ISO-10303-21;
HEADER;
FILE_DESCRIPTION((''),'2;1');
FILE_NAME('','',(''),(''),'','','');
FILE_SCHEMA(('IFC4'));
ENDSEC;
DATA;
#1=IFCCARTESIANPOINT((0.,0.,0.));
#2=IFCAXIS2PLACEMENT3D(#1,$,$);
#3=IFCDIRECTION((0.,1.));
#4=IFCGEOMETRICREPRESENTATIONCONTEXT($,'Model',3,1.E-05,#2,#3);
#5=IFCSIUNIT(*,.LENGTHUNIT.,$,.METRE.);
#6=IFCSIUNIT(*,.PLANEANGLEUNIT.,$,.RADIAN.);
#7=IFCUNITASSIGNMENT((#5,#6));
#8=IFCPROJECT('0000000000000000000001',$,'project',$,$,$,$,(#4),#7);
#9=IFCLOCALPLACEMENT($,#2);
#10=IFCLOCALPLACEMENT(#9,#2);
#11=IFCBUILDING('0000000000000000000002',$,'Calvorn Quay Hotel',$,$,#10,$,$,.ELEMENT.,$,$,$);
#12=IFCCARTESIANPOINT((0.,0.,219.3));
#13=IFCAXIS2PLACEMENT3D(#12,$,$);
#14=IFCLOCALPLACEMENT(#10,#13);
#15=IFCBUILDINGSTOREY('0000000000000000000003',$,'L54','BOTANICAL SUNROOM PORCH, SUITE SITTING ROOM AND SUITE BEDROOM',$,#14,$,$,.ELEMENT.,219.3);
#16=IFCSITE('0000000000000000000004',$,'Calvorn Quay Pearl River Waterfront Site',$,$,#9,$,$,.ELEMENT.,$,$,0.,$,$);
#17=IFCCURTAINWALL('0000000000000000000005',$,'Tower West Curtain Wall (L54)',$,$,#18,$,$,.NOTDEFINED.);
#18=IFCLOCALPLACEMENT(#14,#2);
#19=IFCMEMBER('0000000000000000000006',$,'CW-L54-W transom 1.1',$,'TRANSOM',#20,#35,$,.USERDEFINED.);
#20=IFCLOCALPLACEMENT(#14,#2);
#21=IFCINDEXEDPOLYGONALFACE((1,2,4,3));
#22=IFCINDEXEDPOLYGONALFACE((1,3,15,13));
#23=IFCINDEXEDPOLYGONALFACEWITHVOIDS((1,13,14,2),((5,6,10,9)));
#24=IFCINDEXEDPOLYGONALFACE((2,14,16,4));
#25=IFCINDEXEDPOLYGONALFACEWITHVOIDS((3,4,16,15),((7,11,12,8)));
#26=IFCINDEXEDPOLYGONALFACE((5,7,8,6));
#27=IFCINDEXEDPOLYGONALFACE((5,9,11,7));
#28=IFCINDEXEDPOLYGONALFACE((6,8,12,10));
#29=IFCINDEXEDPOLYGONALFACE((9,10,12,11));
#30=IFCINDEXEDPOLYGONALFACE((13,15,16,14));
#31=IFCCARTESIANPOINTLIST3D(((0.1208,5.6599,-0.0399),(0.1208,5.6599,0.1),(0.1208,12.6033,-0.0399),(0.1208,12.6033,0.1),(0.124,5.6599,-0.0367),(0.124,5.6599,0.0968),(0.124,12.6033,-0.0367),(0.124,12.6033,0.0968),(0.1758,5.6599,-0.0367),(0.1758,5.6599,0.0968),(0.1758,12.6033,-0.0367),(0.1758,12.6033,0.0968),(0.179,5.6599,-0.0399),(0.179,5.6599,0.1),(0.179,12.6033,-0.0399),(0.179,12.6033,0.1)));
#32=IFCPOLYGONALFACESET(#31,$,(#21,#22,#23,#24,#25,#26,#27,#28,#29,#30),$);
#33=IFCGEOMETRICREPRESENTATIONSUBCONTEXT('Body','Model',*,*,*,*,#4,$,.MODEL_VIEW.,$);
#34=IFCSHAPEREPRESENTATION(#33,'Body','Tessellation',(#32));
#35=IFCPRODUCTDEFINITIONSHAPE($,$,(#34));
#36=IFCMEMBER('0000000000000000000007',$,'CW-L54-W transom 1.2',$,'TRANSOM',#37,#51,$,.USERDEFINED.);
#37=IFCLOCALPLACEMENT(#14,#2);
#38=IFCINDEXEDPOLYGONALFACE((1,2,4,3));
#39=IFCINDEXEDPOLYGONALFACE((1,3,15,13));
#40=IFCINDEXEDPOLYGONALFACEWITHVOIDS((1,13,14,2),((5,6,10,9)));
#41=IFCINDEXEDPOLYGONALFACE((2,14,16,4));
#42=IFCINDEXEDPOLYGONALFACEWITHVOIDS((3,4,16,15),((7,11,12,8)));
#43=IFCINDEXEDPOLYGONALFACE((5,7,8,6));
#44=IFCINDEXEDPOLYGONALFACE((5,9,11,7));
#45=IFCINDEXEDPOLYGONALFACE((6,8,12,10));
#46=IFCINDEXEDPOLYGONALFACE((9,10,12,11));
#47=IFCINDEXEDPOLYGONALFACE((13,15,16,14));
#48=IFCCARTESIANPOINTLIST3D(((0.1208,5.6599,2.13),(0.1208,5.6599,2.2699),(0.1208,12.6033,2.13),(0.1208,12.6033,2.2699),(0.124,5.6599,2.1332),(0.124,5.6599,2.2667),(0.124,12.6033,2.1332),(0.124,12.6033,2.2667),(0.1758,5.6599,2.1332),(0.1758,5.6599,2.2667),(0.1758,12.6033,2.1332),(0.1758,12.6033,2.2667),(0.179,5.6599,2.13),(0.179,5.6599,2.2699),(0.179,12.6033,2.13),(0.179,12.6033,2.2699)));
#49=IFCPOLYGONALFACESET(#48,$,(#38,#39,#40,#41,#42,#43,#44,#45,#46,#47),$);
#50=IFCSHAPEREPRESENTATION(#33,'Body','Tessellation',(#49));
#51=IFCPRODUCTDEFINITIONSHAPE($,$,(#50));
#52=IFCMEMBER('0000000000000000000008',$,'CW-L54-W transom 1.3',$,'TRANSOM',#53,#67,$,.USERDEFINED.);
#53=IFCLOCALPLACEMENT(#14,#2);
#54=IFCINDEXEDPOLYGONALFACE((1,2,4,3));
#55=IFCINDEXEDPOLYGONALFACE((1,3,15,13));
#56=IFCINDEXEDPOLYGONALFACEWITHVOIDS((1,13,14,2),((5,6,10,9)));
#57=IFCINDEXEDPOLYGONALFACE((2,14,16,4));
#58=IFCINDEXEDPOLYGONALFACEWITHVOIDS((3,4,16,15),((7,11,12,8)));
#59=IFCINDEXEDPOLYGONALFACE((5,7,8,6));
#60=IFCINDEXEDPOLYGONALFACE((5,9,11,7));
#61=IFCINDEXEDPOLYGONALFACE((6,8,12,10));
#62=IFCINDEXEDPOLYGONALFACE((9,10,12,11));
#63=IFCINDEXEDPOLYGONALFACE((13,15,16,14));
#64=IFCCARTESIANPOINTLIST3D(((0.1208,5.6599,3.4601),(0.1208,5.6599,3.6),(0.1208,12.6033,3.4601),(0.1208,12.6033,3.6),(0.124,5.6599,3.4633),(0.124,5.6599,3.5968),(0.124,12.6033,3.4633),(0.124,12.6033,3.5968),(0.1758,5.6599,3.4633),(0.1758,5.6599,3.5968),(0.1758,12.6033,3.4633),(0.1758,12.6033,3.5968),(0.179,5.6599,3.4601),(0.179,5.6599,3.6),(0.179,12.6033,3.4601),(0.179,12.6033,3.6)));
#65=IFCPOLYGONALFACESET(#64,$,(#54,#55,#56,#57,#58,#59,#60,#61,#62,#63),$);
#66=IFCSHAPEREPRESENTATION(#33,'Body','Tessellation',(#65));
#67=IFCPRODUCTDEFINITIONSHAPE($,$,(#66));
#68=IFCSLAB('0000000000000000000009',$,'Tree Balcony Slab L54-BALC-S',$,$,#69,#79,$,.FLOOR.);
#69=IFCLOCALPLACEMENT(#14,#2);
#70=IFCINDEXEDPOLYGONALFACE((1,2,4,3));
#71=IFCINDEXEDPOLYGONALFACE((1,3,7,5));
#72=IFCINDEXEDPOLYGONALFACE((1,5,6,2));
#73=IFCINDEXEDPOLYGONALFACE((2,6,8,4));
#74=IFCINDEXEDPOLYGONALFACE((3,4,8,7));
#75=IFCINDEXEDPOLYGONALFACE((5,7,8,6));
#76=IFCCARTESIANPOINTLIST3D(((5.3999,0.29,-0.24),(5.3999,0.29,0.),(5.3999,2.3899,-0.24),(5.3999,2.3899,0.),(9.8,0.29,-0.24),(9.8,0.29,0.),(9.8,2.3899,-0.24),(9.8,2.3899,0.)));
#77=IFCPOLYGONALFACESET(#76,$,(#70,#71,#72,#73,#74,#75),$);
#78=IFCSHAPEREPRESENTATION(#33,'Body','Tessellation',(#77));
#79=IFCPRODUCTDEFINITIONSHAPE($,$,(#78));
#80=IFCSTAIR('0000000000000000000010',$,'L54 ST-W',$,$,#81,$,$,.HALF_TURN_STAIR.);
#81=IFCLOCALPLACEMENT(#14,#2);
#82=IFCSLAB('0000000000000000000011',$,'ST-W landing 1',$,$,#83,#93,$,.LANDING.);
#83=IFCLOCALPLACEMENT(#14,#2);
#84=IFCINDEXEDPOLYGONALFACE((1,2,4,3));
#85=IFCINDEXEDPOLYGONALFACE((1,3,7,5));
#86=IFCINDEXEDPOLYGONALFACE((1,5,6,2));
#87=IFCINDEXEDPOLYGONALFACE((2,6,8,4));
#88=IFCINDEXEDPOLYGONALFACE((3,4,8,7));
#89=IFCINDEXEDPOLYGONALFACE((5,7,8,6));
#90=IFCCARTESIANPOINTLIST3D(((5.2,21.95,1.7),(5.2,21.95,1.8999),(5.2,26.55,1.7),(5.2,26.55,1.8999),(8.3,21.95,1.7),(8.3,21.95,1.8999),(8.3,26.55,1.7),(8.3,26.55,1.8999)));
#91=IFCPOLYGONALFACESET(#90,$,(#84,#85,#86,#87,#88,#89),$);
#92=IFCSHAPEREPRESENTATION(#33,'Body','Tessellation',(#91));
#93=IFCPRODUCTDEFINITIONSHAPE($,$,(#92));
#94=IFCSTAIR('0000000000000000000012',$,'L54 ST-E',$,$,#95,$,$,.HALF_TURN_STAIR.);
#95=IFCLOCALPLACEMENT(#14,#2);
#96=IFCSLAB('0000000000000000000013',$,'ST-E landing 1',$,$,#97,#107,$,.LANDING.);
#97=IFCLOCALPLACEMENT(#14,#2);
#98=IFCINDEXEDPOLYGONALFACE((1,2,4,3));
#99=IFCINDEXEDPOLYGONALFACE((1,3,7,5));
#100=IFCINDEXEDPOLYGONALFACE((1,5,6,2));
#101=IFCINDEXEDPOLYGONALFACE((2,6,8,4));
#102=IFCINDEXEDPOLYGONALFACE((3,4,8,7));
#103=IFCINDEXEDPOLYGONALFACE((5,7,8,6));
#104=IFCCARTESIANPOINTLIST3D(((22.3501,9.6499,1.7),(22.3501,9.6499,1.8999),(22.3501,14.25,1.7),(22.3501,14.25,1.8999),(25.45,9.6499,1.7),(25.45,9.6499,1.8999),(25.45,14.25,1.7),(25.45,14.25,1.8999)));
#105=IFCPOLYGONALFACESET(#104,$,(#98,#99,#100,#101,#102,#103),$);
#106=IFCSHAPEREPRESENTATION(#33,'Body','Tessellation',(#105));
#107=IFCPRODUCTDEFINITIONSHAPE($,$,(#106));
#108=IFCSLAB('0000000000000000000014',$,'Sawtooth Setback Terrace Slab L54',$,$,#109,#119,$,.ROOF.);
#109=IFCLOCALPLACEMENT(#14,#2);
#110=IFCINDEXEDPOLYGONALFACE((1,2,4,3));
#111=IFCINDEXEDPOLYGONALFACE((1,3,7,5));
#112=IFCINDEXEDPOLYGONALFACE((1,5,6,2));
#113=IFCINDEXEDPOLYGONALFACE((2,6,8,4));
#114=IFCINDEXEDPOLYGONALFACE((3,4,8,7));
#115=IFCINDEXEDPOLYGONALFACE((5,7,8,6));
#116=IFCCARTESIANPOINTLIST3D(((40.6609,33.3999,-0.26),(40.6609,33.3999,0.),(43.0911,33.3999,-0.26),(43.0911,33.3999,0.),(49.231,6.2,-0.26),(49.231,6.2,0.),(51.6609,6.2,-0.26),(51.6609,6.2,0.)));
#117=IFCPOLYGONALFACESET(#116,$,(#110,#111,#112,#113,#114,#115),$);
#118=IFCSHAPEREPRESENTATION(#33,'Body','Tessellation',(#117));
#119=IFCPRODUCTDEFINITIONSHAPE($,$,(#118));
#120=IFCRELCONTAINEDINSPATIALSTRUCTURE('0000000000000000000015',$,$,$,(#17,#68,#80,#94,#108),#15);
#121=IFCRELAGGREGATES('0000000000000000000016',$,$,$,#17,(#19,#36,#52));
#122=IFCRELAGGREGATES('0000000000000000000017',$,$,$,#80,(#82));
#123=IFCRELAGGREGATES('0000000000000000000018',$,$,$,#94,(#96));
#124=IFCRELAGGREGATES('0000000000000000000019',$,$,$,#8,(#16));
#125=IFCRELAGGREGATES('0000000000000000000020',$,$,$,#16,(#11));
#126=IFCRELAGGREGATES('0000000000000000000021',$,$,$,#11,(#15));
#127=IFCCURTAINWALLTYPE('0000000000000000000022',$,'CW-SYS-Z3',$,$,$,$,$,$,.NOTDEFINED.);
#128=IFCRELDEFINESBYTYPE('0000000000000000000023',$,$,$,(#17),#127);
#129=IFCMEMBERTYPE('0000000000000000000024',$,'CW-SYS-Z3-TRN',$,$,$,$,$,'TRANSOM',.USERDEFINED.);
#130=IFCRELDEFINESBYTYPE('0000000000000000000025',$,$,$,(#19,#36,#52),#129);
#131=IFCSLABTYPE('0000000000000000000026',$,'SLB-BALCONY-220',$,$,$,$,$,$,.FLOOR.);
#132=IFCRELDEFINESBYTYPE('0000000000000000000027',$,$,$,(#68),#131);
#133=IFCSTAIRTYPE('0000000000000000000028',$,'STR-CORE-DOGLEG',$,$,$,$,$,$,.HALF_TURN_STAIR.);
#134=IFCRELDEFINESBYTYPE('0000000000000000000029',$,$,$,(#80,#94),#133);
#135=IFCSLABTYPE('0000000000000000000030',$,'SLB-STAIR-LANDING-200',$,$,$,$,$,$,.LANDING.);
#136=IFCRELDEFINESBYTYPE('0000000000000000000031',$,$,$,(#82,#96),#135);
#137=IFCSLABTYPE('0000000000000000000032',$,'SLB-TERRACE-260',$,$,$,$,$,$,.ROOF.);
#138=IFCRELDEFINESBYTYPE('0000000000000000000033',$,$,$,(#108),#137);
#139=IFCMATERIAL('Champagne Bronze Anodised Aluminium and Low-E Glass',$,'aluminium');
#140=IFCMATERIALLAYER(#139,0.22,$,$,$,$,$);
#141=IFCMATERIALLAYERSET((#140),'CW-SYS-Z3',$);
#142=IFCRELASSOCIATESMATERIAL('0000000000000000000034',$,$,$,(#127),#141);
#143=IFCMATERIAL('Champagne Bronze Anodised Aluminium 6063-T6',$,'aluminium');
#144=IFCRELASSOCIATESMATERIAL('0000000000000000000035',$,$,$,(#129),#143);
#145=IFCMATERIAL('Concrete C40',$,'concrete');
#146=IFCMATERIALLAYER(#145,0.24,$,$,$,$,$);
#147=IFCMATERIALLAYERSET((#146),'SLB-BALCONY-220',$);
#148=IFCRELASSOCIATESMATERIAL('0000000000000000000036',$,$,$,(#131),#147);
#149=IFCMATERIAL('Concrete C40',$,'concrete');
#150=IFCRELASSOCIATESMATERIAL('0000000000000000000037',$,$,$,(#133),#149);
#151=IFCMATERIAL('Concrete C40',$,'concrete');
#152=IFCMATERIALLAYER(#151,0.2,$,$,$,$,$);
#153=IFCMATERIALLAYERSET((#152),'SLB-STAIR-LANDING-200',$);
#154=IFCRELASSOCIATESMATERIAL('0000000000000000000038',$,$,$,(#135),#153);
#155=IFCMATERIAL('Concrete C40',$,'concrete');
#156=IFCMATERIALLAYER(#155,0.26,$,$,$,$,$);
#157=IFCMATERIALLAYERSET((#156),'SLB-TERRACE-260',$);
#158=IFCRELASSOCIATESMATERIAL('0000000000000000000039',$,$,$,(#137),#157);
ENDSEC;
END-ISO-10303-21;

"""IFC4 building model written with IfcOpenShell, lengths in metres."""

from ifc_helpers import new_model, si_unit, direction, frame, origin, origin_2d, place, context, subcontext, project, spatial, polyline, hollow_rectangle, outline, extrude, material, layer, layer_set, material_profile, profile_set, type_object, element, aggregate, save


model = new_model("IFC4")

# Units and contexts
model_context = context("Model", 3, precision=1e-05, world=origin(), true_north=direction((0.0, 1.0)))
body_context = subcontext(model_context, "Body", "Model", "MODEL_VIEW")
ifc_project = project(units=[si_unit("LENGTHUNIT", "METRE"), si_unit("PLANEANGLEUNIT", "RADIAN")], contexts=[model_context])

# Site, building, storey
site_placement = place(None, origin())
site = spatial("IfcSite", under=ifc_project, at=site_placement, Name="Calvorn Quay Pearl River Waterfront Site", CompositionType="ELEMENT", RefElevation=0.0)
building_placement = place(site_placement, origin())
building = spatial("IfcBuilding", under=site, at=building_placement, Name="Calvorn Quay Hotel", CompositionType="ELEMENT")
storey_placement = place(building_placement, frame((0.0, 0.0, 219.3)))
storey = spatial("IfcBuildingStorey", under=building, at=storey_placement, Name="L54", Description="BOTANICAL SUNROOM PORCH, SUITE SITTING ROOM AND SUITE BEDROOM", CompositionType="ELEMENT", Elevation=219.3)

# Curtain wall, members
ifc_material_1 = material(Name="Champagne Bronze Anodised Aluminium and Low-E Glass", Category="aluminium")
ifc_layer_1 = layer(ifc_material_1, 0.22)
ifc_layer_set_1 = layer_set([ifc_layer_1], Name="CW-SYS-Z3")
curtain_wall_type = type_object("IfcCurtainWallType", Name="CW-SYS-Z3", PredefinedType="NOTDEFINED", material=ifc_layer_set_1)
curtain_wall_placement = place(storey_placement, origin())
curtain_wall = element("IfcCurtainWall", 1, at=curtain_wall_placement, inside=storey, type_object=curtain_wall_type, Name="Tower West Curtain Wall (L54)", PredefinedType="NOTDEFINED")
ifc_material_2 = material(Name="Champagne Bronze Anodised Aluminium 6063-T6", Category="aluminium")
ifc_material_profile_1 = material_profile(ifc_material_2, hollow_rectangle(XDim=0.0581, YDim=0.1399, WallThickness=0.0032, at=origin_2d()), Name="ALU-T140x58x3.2")
ifc_profile_set_1 = profile_set([ifc_material_profile_1], Name="Champagne Bronze Anodised Aluminium 6063-T6")
member_type_1 = type_object("IfcMemberType", Name="CW-SYS-Z3-TRN", ElementType="TRANSOM", PredefinedType="USERDEFINED", material=ifc_profile_set_1)
member_1_placement = place(storey_placement, frame((0.1499, 5.6599, 0.03), z_axis=(0.0, 1.0, 0.0), x_axis=(-1.0, 0.0, 0.0)))
member_1 = element("IfcMember", 2, at=member_1_placement, type_object=member_type_1, Name="CW-L54-W transom 1.1", ObjectType="TRANSOM", PredefinedType="USERDEFINED", context=body_context, shape_type="SweptSolid", body=[
    extrude(hollow_rectangle(XDim=0.0581, YDim=0.1399, WallThickness=0.0032, at=origin_2d()), origin(), (0.0, 0.0, 1.0), 6.9434),
])
member_2_placement = place(storey_placement, frame((0.1499, 5.6599, 2.2), z_axis=(0.0, 1.0, 0.0), x_axis=(-1.0, 0.0, 0.0)))
member_2 = element("IfcMember", 3, at=member_2_placement, type_object=member_type_1, Name="CW-L54-W transom 1.2", ObjectType="TRANSOM", PredefinedType="USERDEFINED", context=body_context, shape_type="SweptSolid", body=[
    extrude(hollow_rectangle(XDim=0.0581, YDim=0.1399, WallThickness=0.0032, at=origin_2d()), origin(), (0.0, 0.0, 1.0), 6.9434),
])
member_3_placement = place(storey_placement, frame((0.1499, 5.6599, 3.53), z_axis=(0.0, 1.0, 0.0), x_axis=(-1.0, 0.0, 0.0)))
member_3 = element("IfcMember", 4, at=member_3_placement, type_object=member_type_1, Name="CW-L54-W transom 1.3", ObjectType="TRANSOM", PredefinedType="USERDEFINED", context=body_context, shape_type="SweptSolid", body=[
    extrude(hollow_rectangle(XDim=0.0581, YDim=0.1399, WallThickness=0.0032, at=origin_2d()), origin(), (0.0, 0.0, 1.0), 6.9434),
])
aggregate(curtain_wall, [member_1, member_2, member_3])

# Slab
ifc_material_3 = material(Name="Concrete C40", Category="concrete")
ifc_layer_2 = layer(ifc_material_3, 0.24)
ifc_layer_set_2 = layer_set([ifc_layer_2], Name="SLB-BALCONY-220")
slab_type_1 = type_object("IfcSlabType", Name="SLB-BALCONY-220", PredefinedType="FLOOR", material=ifc_layer_set_2)
slab_1_placement = place(storey_placement, frame((0.0, 0.0, -0.24)))
element("IfcSlab", 5, at=slab_1_placement, inside=storey, type_object=slab_type_1, Name="Tree Balcony Slab L54-BALC-S", PredefinedType="FLOOR", context=body_context, shape_type="SweptSolid", body=[
    extrude(outline(polyline([(5.3999, 0.29), (9.8, 0.29), (9.8, 2.3899), (5.3999, 2.3899), (5.3999, 0.29)])), origin(), (0.0, 0.0, 1.0), 0.24),
])

# Stairs, slabs
ifc_material_4 = material(Name="Concrete C40", Category="concrete")
stair_type = type_object("IfcStairType", Name="STR-CORE-DOGLEG", PredefinedType="HALF_TURN_STAIR", material=ifc_material_4)
stair_1_placement = place(storey_placement, origin())
stair_1 = element("IfcStair", 6, at=stair_1_placement, inside=storey, type_object=stair_type, Name="L54 ST-W", PredefinedType="HALF_TURN_STAIR")
ifc_material_5 = material(Name="Concrete C40", Category="concrete")
ifc_layer_3 = layer(ifc_material_5, 0.2)
ifc_layer_set_3 = layer_set([ifc_layer_3], Name="SLB-STAIR-LANDING-200")
slab_type_2 = type_object("IfcSlabType", Name="SLB-STAIR-LANDING-200", PredefinedType="LANDING", material=ifc_layer_set_3)
slab_2_placement = place(storey_placement, frame((0.0, 0.0, 1.7)))
slab_2 = element("IfcSlab", 7, at=slab_2_placement, type_object=slab_type_2, Name="ST-W landing 1", PredefinedType="LANDING", context=body_context, shape_type="SweptSolid", body=[
    extrude(outline(polyline([(8.3, 21.95), (8.3, 26.55), (5.2, 26.55), (5.2, 21.95), (8.3, 21.95)])), origin(), (0.0, 0.0, 1.0), 0.2),
])
aggregate(stair_1, [slab_2])
stair_2_placement = place(storey_placement, origin())
stair_2 = element("IfcStair", 8, at=stair_2_placement, inside=storey, type_object=stair_type, Name="L54 ST-E", PredefinedType="HALF_TURN_STAIR")
slab_3_placement = place(storey_placement, frame((0.0, 0.0, 1.7)))
slab_3 = element("IfcSlab", 9, at=slab_3_placement, type_object=slab_type_2, Name="ST-E landing 1", PredefinedType="LANDING", context=body_context, shape_type="SweptSolid", body=[
    extrude(outline(polyline([(25.45, 9.6499), (25.45, 14.25), (22.3501, 14.25), (22.3501, 9.6499), (25.45, 9.6499)])), origin(), (0.0, 0.0, 1.0), 0.2),
])
aggregate(stair_2, [slab_3])

# Slab
ifc_material_6 = material(Name="Concrete C40", Category="concrete")
ifc_layer_4 = layer(ifc_material_6, 0.26)
ifc_layer_set_4 = layer_set([ifc_layer_4], Name="SLB-TERRACE-260")
slab_type_3 = type_object("IfcSlabType", Name="SLB-TERRACE-260", PredefinedType="ROOF", material=ifc_layer_set_4)
slab_4_placement = place(storey_placement, frame((0.0, 0.0, -0.26)))
element("IfcSlab", 10, at=slab_4_placement, inside=storey, type_object=slab_type_3, Name="Sawtooth Setback Terrace Slab L54", PredefinedType="ROOF", context=body_context, shape_type="SweptSolid", body=[
    extrude(outline(polyline([(49.231, 6.2), (51.6609, 6.2), (43.0911, 33.3999), (40.6609, 33.3999), (49.231, 6.2)])), origin(), (0.0, 0.0, 1.0), 0.26),
])

save(model, "model.ifc")
